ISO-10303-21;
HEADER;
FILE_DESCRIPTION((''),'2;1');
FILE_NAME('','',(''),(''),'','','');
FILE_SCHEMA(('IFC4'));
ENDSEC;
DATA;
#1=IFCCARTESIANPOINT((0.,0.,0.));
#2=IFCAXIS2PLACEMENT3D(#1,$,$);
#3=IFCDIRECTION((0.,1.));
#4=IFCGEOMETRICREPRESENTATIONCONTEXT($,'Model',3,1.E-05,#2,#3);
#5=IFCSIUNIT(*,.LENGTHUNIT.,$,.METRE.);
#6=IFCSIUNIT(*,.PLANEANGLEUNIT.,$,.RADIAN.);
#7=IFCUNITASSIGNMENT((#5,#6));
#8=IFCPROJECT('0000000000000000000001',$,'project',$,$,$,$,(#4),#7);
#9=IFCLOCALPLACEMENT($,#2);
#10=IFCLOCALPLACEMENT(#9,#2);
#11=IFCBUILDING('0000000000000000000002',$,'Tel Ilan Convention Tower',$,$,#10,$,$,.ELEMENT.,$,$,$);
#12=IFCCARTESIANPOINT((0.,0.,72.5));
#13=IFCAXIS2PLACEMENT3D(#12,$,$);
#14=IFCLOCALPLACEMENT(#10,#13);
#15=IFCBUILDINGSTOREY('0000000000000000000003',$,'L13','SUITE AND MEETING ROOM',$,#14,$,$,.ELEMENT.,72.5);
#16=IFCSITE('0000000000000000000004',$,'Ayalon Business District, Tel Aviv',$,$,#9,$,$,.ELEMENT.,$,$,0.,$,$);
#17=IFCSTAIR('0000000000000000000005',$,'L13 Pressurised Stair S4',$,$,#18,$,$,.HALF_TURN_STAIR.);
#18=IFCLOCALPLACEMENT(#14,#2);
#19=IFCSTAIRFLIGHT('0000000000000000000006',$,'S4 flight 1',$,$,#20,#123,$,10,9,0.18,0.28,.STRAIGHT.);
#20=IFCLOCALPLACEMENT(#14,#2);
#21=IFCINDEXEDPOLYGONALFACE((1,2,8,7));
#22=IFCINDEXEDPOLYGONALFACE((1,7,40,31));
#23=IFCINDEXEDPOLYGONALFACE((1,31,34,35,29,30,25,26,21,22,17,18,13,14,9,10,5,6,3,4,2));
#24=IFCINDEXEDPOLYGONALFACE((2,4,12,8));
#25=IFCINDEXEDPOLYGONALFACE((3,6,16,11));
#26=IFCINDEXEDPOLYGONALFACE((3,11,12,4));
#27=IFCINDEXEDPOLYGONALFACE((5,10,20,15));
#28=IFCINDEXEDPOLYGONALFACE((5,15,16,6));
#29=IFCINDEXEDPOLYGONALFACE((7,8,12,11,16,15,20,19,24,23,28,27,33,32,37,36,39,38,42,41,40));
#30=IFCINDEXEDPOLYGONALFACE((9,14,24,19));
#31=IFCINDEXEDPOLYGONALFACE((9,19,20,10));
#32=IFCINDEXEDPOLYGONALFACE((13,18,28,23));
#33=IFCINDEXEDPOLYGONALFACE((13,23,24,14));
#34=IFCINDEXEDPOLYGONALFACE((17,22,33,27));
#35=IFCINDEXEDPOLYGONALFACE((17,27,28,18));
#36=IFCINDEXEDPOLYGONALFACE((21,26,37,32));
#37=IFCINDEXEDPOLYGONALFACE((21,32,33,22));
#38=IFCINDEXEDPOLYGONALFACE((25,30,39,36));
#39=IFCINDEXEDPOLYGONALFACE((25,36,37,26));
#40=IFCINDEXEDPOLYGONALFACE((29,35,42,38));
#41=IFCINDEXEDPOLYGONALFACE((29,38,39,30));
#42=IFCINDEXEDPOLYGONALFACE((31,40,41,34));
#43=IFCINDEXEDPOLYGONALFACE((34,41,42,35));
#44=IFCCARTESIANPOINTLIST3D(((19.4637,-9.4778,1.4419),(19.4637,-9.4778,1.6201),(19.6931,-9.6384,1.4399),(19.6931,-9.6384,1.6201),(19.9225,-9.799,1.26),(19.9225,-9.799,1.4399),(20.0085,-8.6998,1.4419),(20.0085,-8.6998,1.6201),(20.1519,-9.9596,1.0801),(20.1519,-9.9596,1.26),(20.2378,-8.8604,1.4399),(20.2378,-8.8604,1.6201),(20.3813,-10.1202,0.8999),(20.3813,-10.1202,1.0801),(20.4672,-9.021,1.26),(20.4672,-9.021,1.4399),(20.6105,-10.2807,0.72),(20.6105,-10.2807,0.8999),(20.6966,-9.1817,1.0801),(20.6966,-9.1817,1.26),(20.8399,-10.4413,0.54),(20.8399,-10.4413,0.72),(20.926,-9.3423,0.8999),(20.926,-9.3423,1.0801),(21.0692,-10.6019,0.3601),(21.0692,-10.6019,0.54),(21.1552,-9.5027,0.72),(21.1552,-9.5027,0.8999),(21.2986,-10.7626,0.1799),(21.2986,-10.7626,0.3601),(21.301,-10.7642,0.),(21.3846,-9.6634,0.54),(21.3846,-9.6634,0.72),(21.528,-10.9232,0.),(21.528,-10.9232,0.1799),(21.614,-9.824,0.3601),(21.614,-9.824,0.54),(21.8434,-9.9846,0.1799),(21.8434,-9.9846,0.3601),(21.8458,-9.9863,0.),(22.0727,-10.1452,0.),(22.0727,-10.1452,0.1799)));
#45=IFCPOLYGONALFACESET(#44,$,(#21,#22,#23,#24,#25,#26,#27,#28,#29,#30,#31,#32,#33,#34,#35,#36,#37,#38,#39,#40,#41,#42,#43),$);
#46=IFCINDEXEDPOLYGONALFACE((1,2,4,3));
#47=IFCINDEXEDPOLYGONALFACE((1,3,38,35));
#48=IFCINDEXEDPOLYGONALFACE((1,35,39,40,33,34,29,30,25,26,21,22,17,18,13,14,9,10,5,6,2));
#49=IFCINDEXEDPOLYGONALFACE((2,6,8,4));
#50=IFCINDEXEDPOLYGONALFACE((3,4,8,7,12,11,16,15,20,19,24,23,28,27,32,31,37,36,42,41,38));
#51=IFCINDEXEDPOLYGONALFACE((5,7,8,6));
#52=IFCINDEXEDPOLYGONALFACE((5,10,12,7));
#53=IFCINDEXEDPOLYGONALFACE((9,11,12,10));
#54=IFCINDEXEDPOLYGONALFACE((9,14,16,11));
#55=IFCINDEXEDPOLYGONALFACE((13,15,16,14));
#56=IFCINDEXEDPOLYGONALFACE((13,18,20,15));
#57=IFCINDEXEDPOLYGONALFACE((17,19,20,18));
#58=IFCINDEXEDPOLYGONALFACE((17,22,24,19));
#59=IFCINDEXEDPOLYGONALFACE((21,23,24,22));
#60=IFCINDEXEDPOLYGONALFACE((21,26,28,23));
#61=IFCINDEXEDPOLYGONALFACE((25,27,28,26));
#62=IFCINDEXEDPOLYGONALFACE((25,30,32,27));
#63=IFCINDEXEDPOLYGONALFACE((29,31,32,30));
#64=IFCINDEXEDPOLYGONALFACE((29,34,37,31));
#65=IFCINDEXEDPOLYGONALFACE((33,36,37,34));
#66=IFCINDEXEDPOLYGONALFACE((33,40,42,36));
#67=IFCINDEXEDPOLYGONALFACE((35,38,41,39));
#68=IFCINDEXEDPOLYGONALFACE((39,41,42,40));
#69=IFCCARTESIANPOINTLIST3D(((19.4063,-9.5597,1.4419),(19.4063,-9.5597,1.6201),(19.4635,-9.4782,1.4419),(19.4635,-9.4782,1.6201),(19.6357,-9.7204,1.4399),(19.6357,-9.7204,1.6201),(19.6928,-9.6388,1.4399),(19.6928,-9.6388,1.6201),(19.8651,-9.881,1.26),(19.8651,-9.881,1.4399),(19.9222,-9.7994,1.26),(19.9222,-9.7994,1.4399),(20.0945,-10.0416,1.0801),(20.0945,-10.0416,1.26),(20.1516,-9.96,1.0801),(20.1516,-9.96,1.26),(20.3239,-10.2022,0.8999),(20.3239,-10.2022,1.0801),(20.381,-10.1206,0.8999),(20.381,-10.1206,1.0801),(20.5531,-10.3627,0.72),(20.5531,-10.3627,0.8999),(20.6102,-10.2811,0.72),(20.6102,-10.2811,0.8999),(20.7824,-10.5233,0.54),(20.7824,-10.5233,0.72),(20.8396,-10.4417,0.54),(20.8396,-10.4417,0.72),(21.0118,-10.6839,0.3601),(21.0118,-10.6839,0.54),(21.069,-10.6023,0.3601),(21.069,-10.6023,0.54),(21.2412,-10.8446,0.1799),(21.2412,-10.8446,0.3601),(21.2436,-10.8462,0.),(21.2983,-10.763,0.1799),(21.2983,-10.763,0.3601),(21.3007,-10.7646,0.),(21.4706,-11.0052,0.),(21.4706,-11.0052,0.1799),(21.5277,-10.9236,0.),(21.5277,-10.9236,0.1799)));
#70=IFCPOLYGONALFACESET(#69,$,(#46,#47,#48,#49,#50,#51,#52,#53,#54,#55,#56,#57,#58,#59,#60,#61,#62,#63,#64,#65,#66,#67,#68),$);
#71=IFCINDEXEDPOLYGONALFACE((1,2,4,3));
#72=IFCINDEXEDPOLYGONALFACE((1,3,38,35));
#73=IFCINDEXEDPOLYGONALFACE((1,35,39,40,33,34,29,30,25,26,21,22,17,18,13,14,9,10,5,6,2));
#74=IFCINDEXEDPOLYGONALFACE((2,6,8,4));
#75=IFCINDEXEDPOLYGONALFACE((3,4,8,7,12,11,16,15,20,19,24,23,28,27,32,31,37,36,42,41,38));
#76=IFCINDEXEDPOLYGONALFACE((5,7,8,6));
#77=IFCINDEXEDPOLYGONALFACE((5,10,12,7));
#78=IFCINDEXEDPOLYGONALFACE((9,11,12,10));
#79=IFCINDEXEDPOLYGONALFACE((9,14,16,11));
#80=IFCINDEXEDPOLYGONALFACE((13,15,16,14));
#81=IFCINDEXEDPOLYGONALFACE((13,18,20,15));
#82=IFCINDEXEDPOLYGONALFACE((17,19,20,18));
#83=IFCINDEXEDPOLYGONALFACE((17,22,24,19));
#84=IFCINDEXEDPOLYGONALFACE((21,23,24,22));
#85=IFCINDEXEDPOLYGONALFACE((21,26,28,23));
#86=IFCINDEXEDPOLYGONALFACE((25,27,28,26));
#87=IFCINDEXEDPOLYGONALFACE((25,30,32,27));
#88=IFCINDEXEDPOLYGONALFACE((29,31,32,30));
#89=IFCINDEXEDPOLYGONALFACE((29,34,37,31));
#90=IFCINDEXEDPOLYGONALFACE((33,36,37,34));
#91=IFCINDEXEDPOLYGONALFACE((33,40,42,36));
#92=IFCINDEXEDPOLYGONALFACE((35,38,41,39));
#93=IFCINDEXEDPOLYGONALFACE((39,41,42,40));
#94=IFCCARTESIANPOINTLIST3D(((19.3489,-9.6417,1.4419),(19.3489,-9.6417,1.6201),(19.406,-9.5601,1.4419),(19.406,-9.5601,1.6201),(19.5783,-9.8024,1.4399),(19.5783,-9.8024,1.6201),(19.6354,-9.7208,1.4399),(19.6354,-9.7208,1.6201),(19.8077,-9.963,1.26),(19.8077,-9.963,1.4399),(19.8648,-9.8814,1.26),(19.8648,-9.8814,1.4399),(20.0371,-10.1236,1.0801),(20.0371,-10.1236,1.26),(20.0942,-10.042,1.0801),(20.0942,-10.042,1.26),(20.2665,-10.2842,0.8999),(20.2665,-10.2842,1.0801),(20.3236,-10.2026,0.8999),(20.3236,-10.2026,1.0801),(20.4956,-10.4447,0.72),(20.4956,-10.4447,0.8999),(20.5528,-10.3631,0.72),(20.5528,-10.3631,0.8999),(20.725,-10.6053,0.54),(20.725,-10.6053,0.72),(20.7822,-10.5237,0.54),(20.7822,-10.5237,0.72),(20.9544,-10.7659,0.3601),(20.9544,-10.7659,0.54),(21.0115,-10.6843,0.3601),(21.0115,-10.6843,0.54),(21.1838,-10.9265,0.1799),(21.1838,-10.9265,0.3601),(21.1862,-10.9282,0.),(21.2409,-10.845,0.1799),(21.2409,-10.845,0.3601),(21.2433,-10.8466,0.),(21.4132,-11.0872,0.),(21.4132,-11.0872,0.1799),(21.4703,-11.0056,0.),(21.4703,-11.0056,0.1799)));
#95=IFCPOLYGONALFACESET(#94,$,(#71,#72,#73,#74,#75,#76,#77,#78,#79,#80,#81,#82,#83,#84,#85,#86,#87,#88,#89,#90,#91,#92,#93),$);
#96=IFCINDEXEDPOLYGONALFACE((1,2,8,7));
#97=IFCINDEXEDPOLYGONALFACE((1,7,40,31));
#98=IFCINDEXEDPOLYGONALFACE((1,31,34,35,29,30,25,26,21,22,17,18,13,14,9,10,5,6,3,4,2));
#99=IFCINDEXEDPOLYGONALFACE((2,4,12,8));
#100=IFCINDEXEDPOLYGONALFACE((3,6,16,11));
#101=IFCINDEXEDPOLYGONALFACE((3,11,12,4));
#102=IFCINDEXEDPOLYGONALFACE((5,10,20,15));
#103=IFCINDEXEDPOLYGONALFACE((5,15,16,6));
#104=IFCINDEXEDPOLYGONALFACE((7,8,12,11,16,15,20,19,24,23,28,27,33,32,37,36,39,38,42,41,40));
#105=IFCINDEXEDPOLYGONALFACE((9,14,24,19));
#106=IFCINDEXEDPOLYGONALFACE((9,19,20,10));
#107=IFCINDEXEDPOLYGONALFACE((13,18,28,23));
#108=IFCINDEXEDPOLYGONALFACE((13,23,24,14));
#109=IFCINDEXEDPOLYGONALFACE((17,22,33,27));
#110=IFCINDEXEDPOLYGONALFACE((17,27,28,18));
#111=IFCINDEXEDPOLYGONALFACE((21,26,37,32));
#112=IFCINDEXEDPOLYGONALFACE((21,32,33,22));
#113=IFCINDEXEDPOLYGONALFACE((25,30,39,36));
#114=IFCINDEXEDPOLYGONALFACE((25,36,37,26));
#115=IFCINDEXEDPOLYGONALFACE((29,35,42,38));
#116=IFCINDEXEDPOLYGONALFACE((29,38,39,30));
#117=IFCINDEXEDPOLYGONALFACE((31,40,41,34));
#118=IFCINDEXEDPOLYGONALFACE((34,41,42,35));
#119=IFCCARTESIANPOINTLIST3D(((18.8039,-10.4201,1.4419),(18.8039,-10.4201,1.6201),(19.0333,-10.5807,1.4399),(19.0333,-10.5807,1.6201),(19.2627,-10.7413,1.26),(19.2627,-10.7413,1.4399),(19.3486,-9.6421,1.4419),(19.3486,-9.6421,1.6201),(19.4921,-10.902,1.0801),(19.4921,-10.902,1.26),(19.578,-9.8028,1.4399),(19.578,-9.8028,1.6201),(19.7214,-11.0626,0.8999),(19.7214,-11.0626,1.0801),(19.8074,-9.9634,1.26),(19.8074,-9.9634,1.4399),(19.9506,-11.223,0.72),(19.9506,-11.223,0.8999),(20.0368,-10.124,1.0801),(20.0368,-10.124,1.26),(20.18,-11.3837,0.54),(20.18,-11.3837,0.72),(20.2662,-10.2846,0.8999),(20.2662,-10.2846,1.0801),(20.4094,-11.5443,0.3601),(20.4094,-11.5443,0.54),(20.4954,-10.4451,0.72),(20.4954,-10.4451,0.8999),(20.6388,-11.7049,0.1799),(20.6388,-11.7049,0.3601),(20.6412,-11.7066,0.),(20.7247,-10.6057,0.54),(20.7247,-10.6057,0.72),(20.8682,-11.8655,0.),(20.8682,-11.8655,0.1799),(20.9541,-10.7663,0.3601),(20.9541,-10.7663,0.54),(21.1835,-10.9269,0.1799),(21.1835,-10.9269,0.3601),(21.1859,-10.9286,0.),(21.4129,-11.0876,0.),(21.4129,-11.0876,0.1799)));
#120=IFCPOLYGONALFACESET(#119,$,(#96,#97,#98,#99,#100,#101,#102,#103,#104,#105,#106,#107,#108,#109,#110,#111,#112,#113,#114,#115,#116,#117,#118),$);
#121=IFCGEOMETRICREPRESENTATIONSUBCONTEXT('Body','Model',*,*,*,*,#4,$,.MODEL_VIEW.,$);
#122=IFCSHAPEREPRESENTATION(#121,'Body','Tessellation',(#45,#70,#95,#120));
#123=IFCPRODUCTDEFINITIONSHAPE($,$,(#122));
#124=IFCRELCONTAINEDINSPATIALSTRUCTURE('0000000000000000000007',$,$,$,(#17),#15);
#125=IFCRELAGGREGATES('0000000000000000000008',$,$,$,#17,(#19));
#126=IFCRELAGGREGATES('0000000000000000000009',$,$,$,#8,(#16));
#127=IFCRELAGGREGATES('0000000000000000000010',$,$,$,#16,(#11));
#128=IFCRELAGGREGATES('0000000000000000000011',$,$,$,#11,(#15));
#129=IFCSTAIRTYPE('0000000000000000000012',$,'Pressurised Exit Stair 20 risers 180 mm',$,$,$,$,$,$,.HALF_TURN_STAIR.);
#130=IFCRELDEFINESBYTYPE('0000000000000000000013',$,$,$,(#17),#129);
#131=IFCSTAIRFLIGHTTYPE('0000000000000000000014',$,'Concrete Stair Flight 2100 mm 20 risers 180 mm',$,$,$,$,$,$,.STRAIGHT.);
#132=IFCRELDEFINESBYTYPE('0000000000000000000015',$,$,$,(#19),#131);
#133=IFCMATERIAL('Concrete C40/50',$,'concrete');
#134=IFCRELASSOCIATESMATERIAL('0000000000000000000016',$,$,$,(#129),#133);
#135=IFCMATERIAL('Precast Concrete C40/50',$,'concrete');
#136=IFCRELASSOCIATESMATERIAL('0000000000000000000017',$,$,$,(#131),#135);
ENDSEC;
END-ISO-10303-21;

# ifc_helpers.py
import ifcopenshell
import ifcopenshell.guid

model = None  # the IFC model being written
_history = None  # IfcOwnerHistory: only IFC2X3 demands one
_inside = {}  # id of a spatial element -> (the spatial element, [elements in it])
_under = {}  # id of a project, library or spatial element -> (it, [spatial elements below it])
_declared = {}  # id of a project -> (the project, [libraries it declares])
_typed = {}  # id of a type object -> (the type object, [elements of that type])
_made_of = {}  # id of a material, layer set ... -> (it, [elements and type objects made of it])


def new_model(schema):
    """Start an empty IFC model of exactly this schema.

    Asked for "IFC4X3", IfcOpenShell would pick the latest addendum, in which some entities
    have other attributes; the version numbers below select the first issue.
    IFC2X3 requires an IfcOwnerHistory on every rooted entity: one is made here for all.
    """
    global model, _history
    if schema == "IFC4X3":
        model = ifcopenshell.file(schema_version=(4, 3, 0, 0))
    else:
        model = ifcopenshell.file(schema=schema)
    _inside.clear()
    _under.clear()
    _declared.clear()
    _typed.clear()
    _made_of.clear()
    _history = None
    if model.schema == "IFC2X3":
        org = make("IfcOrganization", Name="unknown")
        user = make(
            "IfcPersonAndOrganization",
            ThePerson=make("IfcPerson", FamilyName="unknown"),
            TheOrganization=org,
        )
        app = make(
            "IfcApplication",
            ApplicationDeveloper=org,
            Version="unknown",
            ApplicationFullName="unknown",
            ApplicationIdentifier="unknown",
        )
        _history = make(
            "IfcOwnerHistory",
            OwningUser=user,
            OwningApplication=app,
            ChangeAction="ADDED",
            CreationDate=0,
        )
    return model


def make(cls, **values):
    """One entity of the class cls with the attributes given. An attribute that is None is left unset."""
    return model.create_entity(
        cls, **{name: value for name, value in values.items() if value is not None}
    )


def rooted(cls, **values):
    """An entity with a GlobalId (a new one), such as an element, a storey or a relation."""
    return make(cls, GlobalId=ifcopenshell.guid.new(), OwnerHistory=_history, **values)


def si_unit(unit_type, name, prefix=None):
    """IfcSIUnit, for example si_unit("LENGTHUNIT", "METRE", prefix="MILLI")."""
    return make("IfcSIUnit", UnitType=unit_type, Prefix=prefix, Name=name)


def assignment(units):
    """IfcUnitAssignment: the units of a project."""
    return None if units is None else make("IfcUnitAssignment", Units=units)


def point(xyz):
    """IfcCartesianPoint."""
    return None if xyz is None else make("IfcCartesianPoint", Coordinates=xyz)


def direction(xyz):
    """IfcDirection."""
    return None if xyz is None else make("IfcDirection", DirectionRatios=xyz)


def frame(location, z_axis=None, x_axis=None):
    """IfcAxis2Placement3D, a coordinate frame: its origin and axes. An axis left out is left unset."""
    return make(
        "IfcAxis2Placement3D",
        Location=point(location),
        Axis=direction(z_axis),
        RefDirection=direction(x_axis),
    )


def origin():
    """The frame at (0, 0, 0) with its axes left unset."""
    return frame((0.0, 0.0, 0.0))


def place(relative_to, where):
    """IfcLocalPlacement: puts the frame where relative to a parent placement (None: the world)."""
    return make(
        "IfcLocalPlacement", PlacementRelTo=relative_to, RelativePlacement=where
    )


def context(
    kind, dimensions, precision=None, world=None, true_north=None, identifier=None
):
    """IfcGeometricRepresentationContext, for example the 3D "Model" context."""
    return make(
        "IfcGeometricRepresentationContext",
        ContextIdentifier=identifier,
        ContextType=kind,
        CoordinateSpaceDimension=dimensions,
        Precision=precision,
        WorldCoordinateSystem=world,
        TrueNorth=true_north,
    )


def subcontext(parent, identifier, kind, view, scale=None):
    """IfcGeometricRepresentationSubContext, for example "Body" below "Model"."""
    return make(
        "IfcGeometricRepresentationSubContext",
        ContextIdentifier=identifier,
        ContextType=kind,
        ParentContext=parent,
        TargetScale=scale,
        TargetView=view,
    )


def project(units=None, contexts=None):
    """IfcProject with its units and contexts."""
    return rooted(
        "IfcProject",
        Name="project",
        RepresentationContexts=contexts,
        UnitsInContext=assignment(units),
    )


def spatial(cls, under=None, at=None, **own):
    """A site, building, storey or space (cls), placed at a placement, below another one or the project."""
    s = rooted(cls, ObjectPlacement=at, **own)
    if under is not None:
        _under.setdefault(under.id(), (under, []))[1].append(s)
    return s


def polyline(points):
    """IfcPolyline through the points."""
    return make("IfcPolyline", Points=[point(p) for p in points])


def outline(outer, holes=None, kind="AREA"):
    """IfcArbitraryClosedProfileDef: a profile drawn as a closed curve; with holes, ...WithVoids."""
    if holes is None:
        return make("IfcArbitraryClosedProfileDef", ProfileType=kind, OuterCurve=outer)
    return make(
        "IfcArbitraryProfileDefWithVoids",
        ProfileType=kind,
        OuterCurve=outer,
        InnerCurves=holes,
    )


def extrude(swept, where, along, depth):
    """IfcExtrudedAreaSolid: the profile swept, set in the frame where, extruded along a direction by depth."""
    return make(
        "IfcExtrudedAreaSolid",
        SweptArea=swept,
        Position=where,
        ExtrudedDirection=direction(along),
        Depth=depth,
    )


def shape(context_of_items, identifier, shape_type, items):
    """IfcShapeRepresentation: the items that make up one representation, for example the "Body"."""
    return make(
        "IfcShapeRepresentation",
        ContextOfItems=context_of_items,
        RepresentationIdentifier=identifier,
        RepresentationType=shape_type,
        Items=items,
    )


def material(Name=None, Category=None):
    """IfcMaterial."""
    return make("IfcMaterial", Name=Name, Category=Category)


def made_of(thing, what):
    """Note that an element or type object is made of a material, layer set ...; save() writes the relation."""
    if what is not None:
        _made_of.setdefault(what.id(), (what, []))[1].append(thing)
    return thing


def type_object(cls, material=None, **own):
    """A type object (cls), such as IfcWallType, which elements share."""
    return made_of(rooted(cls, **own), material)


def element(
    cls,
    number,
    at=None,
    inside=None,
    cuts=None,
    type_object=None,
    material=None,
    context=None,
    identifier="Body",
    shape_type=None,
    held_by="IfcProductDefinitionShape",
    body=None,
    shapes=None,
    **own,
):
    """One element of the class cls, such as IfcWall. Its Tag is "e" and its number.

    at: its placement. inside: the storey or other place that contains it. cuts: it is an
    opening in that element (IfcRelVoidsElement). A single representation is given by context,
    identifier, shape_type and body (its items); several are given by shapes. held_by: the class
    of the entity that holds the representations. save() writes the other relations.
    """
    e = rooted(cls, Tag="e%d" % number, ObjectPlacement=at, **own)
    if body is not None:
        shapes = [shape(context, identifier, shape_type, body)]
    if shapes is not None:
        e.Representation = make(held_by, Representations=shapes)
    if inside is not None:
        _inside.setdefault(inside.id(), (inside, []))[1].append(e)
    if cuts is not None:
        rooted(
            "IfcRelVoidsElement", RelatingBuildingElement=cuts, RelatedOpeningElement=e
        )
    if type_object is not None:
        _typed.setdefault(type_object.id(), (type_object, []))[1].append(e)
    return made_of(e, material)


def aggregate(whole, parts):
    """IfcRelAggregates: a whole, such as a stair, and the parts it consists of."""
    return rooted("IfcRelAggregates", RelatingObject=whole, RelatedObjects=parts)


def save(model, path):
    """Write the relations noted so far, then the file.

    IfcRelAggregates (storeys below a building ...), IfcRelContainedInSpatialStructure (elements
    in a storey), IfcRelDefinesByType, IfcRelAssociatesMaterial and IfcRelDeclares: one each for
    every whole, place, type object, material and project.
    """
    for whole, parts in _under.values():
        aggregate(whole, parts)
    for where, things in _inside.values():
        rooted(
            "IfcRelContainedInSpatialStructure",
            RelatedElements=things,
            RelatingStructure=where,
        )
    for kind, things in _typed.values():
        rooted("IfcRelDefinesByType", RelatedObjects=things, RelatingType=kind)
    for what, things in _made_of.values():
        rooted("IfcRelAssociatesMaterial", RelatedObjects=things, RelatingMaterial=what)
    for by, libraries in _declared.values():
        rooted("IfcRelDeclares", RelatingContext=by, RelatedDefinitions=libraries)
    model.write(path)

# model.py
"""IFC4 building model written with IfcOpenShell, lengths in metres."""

from ifc_helpers import new_model, si_unit, direction, frame, origin, place, context, subcontext, project, spatial, polyline, outline, extrude, material, type_object, element, aggregate, save


model = new_model("IFC4")

# Units and contexts
model_context = context("Model", 3, precision=1e-05, world=origin(), true_north=direction((0.0, 1.0)))
body_context = subcontext(model_context, "Body", "Model", "MODEL_VIEW")
ifc_project = project(units=[si_unit("LENGTHUNIT", "METRE"), si_unit("PLANEANGLEUNIT", "RADIAN")], contexts=[model_context])

# Site, building, storey
site_placement = place(None, origin())
site = spatial("IfcSite", under=ifc_project, at=site_placement, Name="Ayalon Business District, Tel Aviv", CompositionType="ELEMENT", RefElevation=0.0)
building_placement = place(site_placement, origin())
building = spatial("IfcBuilding", under=site, at=building_placement, Name="Tel Ilan Convention Tower", CompositionType="ELEMENT")
storey_placement = place(building_placement, frame((0.0, 0.0, 72.5)))
storey = spatial("IfcBuildingStorey", under=building, at=storey_placement, Name="L13", Description="SUITE AND MEETING ROOM", CompositionType="ELEMENT", Elevation=72.5)

# Stair, stair flight
ifc_material_1 = material(Name="Concrete C40/50", Category="concrete")
stair_type = type_object("IfcStairType", Name="Pressurised Exit Stair 20 risers 180 mm", PredefinedType="HALF_TURN_STAIR", material=ifc_material_1)
ifc_material_2 = material(Name="Precast Concrete C40/50", Category="concrete")
stair_flight_type = type_object("IfcStairFlightType", Name="Concrete Stair Flight 2100 mm 20 risers 180 mm", PredefinedType="STRAIGHT", material=ifc_material_2)
stair_1_placement = place(storey_placement, origin())
stair_1 = element("IfcStair", 1, at=stair_1_placement, inside=storey, type_object=stair_type, Name="L13 Pressurised Stair S4", PredefinedType="HALF_TURN_STAIR")
stair_flight_1_placement = place(storey_placement, frame((21.4705, -11.0054, 0.0), z_axis=(0.0, 0.0, 1.0), x_axis=(-0.819152, 0.573576, 0.0)))
stair_flight_1 = element("IfcStairFlight", 2, at=stair_flight_1_placement, type_object=stair_flight_type, Name="S4 flight 1", NumberOfRisers=10, NumberOfTreads=9, PredefinedType="STRAIGHT", RiserHeight=0.18, TreadLength=0.28, context=body_context, shape_type="SweptSolid", body=[
    extrude(outline(polyline([(0.0, 0.0), (0.0, 0.1799), (0.28, 0.1799), (0.28, 0.3601), (0.5601, 0.3601), (0.5601, 0.54), (0.8401, 0.54), (0.8401, 0.72), (1.1201, 0.72), (1.1201, 0.8999), (1.3999, 0.8999), (1.3999, 1.0801), (1.6799, 1.0801), (1.6799, 1.26), (1.96, 1.26), (1.96, 1.4399), (2.24, 1.4399), (2.24, 1.6201), (2.52, 1.6201), (2.52, 1.8), (2.52, 1.4419), (0.2771, 0.0), (0.0, 0.0)])), frame((0.0, -0.1003, 0.0), z_axis=(0.0, -1.0, 0.0), x_axis=(1.0, 0.0, 0.0)), (0.0, 0.0, 1.0), 0.9497),
    extrude(outline(polyline([(0.0, 0.0), (0.0, 0.1799), (0.28, 0.1799), (0.28, 0.3601), (0.5601, 0.3601), (0.5601, 0.54), (0.8401, 0.54), (0.8401, 0.72), (1.1201, 0.72), (1.1201, 0.8999), (1.3999, 0.8999), (1.3999, 1.0801), (1.6799, 1.0801), (1.6799, 1.26), (1.96, 1.26), (1.96, 1.4399), (2.24, 1.4399), (2.24, 1.6201), (2.52, 1.6201), (2.52, 1.8), (2.52, 1.4419), (0.2771, 0.0), (0.0, 0.0)])), frame((0.0, -0.0002, 0.0), z_axis=(0.0, -1.0, 0.0), x_axis=(1.0, 0.0, 0.0)), (0.0, 0.0, 1.0), 0.0996),
    extrude(outline(polyline([(0.0, 0.0), (0.0, 0.1799), (0.28, 0.1799), (0.28, 0.3601), (0.5601, 0.3601), (0.5601, 0.54), (0.8401, 0.54), (0.8401, 0.72), (1.1201, 0.72), (1.1201, 0.8999), (1.3999, 0.8999), (1.3999, 1.0801), (1.6799, 1.0801), (1.6799, 1.26), (1.96, 1.26), (1.96, 1.4399), (2.24, 1.4399), (2.24, 1.6201), (2.52, 1.6201), (2.52, 1.8), (2.52, 1.4419), (0.2771, 0.0), (0.0, 0.0)])), frame((0.0, 0.0999, 0.0), z_axis=(0.0, -1.0, 0.0), x_axis=(1.0, 0.0, 0.0)), (0.0, 0.0, 1.0), 0.0996),
    extrude(outline(polyline([(0.0, 0.0), (0.0, 0.1799), (0.28, 0.1799), (0.28, 0.3601), (0.5601, 0.3601), (0.5601, 0.54), (0.8401, 0.54), (0.8401, 0.72), (1.1201, 0.72), (1.1201, 0.8999), (1.3999, 0.8999), (1.3999, 1.0801), (1.6799, 1.0801), (1.6799, 1.26), (1.96, 1.26), (1.96, 1.4399), (2.24, 1.4399), (2.24, 1.6201), (2.52, 1.6201), (2.52, 1.8), (2.52, 1.4419), (0.2771, 0.0), (0.0, 0.0)])), frame((0.0, 1.05, 0.0), z_axis=(0.0, -1.0, 0.0), x_axis=(1.0, 0.0, 0.0)), (0.0, 0.0, 1.0), 0.9497),
])
aggregate(stair_1, [stair_flight_1])

save(model, "model.ifc")
